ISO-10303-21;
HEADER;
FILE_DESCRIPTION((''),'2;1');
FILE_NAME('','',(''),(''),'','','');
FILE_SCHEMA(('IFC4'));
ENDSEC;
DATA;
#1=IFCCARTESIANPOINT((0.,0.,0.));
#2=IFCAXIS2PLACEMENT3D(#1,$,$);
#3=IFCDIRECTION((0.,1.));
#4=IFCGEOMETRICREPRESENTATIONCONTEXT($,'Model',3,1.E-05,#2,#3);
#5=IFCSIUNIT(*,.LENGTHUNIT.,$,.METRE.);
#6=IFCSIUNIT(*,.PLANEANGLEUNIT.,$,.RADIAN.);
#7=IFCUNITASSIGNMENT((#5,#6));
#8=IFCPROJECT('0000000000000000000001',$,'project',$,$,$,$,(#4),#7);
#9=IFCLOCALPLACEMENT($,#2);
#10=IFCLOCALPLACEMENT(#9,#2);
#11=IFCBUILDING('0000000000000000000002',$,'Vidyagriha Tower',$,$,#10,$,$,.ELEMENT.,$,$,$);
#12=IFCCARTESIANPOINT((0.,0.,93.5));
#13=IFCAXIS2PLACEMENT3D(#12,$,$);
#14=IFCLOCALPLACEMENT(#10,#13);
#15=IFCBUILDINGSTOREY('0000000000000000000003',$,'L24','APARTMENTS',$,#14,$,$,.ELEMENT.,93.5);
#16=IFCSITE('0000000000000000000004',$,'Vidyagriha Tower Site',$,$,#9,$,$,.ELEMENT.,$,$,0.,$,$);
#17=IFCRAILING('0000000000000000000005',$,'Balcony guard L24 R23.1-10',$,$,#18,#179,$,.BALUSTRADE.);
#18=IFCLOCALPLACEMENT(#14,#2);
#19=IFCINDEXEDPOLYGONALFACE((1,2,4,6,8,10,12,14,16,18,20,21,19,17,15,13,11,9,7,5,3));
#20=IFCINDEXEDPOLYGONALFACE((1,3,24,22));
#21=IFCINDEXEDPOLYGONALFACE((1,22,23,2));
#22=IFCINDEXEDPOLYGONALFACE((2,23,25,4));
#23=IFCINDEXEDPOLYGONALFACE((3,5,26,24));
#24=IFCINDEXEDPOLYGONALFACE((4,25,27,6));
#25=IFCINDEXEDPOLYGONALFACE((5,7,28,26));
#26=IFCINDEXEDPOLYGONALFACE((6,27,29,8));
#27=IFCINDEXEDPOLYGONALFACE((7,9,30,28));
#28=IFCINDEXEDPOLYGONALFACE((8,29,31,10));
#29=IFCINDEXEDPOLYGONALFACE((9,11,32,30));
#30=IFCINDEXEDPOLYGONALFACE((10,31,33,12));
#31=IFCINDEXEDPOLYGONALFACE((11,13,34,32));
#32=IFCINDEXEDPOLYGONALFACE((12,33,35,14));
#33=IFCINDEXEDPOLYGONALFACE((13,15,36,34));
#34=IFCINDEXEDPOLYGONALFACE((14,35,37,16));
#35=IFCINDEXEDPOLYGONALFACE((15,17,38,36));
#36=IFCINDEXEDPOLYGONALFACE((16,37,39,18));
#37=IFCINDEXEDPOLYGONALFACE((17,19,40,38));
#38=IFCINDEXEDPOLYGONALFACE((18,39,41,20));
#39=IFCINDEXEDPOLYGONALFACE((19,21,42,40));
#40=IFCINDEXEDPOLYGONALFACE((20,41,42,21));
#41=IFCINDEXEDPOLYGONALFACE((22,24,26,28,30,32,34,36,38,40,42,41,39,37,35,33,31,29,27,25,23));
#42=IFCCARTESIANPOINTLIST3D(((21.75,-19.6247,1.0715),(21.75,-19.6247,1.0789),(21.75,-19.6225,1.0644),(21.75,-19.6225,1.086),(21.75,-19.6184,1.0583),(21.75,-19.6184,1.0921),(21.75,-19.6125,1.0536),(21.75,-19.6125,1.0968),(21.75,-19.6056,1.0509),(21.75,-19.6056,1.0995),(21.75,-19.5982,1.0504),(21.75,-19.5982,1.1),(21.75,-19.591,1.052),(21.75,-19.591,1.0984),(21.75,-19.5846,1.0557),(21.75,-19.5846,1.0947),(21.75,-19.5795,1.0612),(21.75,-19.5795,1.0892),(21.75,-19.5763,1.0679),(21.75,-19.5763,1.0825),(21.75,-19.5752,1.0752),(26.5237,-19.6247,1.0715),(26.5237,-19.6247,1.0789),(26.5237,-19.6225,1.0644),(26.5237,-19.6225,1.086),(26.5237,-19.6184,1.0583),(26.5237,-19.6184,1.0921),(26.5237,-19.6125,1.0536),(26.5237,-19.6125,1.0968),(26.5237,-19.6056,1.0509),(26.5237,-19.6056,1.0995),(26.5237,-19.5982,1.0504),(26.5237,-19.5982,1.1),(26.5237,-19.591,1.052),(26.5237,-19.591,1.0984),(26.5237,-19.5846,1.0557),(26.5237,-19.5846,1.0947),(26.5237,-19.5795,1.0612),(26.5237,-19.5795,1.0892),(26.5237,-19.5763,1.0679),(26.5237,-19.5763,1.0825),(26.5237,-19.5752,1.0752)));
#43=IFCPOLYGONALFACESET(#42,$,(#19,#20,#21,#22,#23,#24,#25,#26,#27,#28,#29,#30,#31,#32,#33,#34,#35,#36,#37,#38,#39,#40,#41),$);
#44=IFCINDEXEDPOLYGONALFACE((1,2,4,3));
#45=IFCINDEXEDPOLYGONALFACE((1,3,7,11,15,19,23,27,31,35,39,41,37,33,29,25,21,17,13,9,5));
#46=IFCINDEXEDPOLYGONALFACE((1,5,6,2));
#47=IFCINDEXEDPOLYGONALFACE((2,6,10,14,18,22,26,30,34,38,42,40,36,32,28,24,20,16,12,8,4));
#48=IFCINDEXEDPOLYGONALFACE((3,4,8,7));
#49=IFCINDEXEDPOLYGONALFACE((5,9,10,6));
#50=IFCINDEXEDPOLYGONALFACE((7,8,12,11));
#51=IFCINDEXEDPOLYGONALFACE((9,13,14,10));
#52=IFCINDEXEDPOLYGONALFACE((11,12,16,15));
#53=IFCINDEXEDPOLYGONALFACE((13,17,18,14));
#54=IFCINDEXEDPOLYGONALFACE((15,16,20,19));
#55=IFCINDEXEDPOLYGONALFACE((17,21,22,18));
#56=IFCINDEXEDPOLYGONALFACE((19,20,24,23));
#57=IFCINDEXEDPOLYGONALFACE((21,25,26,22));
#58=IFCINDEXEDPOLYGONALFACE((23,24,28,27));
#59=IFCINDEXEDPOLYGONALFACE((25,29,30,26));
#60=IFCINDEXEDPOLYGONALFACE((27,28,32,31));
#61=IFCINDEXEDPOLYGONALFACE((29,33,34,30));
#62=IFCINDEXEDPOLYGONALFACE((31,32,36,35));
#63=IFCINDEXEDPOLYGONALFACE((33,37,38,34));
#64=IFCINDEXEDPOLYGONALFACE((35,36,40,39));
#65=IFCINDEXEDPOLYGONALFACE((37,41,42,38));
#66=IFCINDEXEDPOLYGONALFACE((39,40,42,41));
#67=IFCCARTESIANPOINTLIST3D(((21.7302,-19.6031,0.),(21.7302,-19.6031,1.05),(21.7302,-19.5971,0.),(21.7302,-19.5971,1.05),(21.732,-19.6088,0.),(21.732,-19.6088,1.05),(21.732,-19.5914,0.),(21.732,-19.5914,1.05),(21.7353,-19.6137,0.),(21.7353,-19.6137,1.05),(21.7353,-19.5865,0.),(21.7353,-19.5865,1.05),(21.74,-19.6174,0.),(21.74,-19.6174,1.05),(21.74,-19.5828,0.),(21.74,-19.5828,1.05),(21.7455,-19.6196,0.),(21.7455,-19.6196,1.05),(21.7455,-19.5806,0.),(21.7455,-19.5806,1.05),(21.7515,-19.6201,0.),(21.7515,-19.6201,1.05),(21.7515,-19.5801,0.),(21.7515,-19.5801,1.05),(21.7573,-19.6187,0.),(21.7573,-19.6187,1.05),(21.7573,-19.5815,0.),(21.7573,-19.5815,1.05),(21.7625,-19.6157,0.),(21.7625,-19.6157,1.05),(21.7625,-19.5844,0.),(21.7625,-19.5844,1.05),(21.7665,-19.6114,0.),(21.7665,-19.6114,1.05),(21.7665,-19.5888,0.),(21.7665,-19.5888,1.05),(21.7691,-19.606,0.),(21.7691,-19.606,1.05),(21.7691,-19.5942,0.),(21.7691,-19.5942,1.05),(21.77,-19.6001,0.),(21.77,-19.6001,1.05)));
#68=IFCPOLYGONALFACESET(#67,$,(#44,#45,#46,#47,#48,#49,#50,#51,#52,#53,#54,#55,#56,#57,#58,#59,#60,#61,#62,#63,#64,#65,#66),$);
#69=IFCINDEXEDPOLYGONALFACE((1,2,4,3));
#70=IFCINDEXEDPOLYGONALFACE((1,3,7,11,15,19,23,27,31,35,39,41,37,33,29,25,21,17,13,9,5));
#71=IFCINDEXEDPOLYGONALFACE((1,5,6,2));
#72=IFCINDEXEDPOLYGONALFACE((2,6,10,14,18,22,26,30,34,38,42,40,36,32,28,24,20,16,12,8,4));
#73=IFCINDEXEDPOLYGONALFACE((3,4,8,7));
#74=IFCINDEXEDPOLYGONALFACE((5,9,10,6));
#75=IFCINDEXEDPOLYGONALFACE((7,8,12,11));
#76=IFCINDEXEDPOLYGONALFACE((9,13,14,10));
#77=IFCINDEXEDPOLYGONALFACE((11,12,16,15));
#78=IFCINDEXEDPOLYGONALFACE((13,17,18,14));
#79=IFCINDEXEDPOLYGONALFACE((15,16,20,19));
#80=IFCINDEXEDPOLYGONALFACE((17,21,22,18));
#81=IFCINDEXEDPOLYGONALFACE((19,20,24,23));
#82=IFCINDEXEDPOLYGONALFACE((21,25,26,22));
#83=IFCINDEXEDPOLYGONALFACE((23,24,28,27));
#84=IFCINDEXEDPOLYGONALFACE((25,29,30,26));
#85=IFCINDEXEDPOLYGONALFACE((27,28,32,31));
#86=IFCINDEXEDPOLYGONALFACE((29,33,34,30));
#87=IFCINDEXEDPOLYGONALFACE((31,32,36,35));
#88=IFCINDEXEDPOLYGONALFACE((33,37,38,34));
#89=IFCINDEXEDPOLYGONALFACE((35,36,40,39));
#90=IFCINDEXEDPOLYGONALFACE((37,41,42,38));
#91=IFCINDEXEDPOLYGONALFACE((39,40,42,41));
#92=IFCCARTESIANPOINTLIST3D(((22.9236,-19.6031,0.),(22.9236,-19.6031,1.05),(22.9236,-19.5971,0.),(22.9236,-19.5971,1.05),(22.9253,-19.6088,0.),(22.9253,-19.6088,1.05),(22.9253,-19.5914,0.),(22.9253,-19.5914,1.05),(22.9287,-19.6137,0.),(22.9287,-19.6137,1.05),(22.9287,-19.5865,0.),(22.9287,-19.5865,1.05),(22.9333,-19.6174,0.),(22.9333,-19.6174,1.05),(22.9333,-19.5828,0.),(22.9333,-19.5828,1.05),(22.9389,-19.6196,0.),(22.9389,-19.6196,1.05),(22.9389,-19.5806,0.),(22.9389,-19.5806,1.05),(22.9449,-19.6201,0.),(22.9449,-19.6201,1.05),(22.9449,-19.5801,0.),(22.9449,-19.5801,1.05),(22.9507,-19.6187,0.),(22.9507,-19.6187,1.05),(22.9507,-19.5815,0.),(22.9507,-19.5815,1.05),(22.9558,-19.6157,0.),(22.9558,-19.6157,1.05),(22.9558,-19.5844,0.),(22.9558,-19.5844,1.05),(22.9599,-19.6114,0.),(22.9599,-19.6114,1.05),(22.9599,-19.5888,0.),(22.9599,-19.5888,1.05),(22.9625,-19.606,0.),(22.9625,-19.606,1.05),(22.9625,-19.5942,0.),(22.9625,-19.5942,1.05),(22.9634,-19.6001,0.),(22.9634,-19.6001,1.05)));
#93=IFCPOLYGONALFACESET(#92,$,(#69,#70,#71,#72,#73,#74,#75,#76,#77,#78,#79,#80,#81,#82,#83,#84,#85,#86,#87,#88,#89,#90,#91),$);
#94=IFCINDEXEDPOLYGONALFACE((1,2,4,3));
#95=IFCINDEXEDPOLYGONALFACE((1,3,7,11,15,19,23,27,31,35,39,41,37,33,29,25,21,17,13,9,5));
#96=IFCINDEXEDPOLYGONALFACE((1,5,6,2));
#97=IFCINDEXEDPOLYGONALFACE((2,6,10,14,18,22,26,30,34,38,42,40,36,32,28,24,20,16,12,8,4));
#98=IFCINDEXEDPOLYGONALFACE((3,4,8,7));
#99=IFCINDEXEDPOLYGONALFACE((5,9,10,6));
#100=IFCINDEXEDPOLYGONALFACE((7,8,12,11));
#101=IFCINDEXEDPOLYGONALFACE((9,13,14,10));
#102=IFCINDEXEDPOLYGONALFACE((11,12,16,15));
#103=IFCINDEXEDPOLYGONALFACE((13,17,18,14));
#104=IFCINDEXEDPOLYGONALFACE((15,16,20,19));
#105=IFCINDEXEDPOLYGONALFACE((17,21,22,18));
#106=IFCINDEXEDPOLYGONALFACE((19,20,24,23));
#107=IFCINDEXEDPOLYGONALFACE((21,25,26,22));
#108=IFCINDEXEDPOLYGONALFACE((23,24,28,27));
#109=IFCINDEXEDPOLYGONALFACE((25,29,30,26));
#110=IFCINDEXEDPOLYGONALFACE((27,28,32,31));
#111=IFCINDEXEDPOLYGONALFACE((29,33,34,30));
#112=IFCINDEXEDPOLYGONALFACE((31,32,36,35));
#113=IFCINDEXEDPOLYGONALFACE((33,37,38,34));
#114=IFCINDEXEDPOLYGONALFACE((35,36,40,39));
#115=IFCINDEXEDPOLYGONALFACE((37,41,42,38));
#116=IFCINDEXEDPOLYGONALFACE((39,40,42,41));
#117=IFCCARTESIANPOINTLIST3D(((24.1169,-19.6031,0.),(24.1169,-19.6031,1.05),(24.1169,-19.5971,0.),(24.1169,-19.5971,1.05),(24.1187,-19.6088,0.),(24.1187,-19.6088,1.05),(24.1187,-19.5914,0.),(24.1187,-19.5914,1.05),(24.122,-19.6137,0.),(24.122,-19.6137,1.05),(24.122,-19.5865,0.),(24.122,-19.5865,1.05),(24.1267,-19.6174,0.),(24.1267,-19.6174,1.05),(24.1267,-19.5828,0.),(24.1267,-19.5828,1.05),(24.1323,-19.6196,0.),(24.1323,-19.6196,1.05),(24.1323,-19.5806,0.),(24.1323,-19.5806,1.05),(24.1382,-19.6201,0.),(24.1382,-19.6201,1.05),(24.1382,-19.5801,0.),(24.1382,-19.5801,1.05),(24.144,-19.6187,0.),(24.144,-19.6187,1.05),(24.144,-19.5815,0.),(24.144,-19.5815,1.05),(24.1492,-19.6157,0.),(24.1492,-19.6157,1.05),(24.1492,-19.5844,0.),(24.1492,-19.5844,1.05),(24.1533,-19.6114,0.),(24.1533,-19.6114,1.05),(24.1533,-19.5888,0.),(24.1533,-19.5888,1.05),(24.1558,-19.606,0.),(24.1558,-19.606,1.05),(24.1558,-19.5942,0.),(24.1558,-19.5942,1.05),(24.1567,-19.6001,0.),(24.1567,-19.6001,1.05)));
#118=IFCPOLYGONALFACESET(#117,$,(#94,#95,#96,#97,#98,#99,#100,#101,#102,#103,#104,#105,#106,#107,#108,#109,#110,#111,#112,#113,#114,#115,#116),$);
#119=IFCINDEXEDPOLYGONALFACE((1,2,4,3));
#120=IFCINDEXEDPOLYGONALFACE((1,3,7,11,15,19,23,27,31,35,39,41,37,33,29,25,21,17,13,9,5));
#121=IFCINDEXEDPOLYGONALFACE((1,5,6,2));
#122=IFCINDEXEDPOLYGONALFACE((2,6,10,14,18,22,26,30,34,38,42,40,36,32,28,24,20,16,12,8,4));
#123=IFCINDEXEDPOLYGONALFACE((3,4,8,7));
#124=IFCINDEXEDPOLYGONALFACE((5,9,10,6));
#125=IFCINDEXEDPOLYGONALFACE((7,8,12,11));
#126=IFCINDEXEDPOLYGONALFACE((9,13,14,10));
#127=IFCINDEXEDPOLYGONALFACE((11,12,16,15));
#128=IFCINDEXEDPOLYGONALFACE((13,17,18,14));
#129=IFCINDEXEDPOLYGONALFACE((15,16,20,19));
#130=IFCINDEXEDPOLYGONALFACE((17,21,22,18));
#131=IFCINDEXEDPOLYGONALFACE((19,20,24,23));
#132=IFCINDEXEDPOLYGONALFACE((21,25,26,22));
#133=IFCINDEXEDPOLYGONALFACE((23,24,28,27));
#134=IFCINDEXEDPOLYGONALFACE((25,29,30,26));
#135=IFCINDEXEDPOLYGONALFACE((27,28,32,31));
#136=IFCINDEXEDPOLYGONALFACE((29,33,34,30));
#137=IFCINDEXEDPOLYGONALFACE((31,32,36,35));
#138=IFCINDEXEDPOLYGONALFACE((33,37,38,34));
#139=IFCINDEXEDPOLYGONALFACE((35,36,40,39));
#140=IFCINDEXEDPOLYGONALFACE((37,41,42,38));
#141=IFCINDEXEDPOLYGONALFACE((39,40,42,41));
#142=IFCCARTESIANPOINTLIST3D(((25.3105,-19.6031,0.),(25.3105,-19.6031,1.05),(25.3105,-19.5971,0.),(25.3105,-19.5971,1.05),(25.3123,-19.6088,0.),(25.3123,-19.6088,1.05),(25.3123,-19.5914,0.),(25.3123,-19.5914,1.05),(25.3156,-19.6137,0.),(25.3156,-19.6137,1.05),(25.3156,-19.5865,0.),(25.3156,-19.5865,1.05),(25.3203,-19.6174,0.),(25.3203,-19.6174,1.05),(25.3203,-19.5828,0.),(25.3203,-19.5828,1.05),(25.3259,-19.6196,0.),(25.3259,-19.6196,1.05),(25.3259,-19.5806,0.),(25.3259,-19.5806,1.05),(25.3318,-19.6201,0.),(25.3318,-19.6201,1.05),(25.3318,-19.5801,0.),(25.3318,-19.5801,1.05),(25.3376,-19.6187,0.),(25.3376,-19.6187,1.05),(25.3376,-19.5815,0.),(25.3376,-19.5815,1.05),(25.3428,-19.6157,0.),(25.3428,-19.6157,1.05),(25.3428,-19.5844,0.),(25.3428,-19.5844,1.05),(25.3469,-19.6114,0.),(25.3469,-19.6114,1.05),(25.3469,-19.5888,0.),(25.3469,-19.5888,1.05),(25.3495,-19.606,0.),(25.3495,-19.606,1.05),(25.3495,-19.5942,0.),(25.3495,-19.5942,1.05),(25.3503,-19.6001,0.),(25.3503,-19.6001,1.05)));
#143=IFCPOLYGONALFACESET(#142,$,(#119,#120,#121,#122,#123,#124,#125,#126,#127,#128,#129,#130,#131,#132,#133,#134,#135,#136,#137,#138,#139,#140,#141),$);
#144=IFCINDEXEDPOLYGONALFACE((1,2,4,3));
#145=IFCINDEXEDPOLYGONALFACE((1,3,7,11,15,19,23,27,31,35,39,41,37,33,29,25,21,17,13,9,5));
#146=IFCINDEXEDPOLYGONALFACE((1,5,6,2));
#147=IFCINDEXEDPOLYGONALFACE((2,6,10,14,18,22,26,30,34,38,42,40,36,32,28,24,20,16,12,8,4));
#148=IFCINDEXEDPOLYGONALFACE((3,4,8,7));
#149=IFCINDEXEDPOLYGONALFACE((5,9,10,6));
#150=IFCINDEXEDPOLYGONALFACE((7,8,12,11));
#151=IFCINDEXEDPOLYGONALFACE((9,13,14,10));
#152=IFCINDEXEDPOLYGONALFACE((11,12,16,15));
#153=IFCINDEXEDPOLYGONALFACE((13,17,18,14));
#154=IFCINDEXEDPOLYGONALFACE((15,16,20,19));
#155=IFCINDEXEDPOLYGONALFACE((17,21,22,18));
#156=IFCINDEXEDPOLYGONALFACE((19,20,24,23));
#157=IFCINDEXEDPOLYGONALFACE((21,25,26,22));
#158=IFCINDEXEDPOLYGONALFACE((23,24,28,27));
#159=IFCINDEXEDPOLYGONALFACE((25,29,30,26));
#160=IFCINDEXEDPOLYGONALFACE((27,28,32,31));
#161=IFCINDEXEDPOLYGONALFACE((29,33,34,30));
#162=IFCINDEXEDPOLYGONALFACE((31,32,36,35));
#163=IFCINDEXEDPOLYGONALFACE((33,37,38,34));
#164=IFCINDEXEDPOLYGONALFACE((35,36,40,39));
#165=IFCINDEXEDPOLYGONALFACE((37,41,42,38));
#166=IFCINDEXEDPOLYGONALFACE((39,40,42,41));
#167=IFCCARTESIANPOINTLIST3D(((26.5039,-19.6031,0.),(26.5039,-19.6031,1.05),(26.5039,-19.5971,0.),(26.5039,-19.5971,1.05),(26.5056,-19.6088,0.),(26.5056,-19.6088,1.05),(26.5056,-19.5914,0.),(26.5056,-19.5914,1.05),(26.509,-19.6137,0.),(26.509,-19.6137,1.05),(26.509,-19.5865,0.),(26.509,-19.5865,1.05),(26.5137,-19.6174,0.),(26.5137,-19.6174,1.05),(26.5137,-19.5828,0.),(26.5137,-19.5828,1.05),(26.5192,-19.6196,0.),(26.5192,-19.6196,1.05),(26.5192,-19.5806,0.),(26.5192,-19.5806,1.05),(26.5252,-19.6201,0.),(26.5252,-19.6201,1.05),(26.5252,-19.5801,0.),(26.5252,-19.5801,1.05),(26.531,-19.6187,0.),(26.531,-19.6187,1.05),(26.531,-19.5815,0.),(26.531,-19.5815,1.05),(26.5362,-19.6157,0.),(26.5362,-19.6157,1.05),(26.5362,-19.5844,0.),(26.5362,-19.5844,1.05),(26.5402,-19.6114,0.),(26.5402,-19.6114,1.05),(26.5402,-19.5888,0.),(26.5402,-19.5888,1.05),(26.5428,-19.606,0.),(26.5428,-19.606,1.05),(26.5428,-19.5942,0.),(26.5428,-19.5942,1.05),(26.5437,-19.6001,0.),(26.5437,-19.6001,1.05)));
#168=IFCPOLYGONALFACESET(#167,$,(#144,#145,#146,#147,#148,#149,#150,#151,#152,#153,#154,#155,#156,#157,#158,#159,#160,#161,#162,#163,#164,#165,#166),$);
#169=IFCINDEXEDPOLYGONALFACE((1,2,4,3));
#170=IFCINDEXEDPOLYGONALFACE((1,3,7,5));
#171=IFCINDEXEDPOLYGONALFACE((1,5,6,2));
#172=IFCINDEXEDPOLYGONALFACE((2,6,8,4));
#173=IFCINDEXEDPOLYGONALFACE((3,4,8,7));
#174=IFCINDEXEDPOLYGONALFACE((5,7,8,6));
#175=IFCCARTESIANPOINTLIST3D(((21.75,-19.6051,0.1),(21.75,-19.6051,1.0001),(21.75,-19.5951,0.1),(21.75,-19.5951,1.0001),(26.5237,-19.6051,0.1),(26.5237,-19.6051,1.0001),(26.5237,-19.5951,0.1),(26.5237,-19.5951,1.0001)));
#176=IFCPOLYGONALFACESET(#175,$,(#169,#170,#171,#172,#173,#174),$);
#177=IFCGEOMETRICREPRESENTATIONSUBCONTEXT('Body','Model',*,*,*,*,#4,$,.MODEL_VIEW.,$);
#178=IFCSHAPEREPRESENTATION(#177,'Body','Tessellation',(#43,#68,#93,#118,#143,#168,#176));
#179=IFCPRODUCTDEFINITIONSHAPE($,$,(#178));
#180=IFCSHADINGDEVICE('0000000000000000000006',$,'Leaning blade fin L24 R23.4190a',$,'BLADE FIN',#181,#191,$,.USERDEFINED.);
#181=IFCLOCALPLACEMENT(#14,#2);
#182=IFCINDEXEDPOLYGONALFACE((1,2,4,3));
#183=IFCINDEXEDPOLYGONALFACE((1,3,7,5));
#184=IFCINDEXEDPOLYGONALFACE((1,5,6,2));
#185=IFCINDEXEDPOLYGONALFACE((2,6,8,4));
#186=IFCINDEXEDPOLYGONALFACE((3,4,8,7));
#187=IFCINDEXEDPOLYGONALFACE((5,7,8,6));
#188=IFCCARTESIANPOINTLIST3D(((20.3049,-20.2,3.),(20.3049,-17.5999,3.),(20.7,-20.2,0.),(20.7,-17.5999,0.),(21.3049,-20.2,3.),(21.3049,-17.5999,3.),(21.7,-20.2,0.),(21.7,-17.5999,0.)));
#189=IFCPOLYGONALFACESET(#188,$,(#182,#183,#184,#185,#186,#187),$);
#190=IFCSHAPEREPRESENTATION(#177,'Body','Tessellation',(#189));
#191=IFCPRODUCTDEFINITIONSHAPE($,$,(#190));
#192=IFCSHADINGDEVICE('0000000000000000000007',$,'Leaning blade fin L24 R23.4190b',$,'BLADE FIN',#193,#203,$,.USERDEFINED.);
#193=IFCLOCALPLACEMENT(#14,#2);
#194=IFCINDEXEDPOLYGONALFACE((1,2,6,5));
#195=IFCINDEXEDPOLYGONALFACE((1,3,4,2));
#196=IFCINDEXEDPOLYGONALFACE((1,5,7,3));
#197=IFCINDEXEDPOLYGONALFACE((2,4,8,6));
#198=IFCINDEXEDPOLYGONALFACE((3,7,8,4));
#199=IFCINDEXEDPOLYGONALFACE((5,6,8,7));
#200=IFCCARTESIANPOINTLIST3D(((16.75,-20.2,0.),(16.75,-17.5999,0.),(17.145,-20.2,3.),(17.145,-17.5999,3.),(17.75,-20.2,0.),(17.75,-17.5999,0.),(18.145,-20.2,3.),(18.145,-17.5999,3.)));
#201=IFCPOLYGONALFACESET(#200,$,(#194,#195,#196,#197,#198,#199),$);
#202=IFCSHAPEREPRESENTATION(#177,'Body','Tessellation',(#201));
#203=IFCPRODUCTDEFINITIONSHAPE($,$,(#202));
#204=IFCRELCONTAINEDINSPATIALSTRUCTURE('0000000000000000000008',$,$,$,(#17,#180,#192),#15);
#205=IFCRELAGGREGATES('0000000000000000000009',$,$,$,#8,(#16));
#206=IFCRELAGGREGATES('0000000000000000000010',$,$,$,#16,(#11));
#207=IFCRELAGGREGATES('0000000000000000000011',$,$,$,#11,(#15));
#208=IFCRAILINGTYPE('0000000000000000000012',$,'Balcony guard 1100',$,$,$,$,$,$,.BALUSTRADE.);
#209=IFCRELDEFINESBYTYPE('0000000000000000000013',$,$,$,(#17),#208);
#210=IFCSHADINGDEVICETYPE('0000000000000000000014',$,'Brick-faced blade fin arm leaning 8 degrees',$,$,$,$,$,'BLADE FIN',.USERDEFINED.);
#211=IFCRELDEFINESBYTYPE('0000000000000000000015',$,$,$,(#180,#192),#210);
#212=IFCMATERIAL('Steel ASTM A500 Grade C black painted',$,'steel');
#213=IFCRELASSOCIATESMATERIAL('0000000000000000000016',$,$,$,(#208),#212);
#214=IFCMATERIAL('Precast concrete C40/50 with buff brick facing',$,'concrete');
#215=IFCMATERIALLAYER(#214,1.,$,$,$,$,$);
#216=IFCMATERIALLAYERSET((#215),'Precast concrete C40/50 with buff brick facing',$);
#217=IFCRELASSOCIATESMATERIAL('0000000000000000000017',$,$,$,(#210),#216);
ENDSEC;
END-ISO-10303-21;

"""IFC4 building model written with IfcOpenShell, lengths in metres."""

from ifc_helpers import new_model, si_unit, direction, frame, origin, origin_2d, place, context, subcontext, project, spatial, polyline, rectangle, circle, outline, extrude, material, layer, layer_set, type_object, element, save


model = new_model("IFC4")

# Units and contexts
model_context = context("Model", 3, precision=1e-05, world=origin(), true_north=direction((0.0, 1.0)))
body_context = subcontext(model_context, "Body", "Model", "MODEL_VIEW")
ifc_project = project(units=[si_unit("LENGTHUNIT", "METRE"), si_unit("PLANEANGLEUNIT", "RADIAN")], contexts=[model_context])

# Site, building, storey
site_placement = place(None, origin())
site = spatial("IfcSite", under=ifc_project, at=site_placement, Name="Vidyagriha Tower Site", CompositionType="ELEMENT", RefElevation=0.0)
building_placement = place(site_placement, origin())
building = spatial("IfcBuilding", under=site, at=building_placement, Name="Vidyagriha Tower", CompositionType="ELEMENT")
storey_placement = place(building_placement, frame((0.0, 0.0, 93.5)))
storey = spatial("IfcBuildingStorey", under=building, at=storey_placement, Name="L24", Description="APARTMENTS", CompositionType="ELEMENT", Elevation=93.5)

# Railing
ifc_material_1 = material(Name="Steel ASTM A500 Grade C black painted", Category="steel")
railing_type = type_object("IfcRailingType", Name="Balcony guard 1100", PredefinedType="BALUSTRADE", material=ifc_material_1)
railing_1_placement = place(storey_placement, frame((21.75, -19.6001, 0.0)))
element("IfcRailing", 1, at=railing_1_placement, inside=storey, type_object=railing_type, Name="Balcony guard L24 R23.1-10", PredefinedType="BALUSTRADE", context=body_context, shape_type="SweptSolid", body=[
    extrude(circle(Radius=0.0249, at=origin_2d()), frame((0.0, 0.0, 1.0752), z_axis=(1.0, 0.0, 0.0), x_axis=(0.0, 1.0, 0.0)), (0.0, 0.0, 1.0), 4.7737),
    extrude(circle(Radius=0.02, at=origin_2d()), origin(), (0.0, 0.0, 1.0), 1.05),
    extrude(circle(Radius=0.02, at=origin_2d()), frame((1.1934, 0.0, 0.0)), (0.0, 0.0, 1.0), 1.05),
    extrude(circle(Radius=0.02, at=origin_2d()), frame((2.3867, 0.0, 0.0)), (0.0, 0.0, 1.0), 1.05),
    extrude(circle(Radius=0.02, at=origin_2d()), frame((3.5803, 0.0, 0.0)), (0.0, 0.0, 1.0), 1.05),
    extrude(circle(Radius=0.02, at=origin_2d()), frame((4.7737, 0.0, 0.0)), (0.0, 0.0, 1.0), 1.05),
    extrude(rectangle(XDim=0.01, YDim=0.9001, at=origin_2d()), frame((0.0, 0.0, 0.55), z_axis=(1.0, 0.0, 0.0), x_axis=(0.0, 1.0, 0.0)), (0.0, 0.0, 1.0), 4.7737),
])

# Shading devices
ifc_material_2 = material(Name="Precast concrete C40/50 with buff brick facing", Category="concrete")
ifc_layer_1 = layer(ifc_material_2, 1.0)
ifc_layer_set_1 = layer_set([ifc_layer_1], Name="Precast concrete C40/50 with buff brick facing")
shading_device_type_1 = type_object("IfcShadingDeviceType", Name="Brick-faced blade fin arm leaning 8 degrees", ElementType="BLADE FIN", PredefinedType="USERDEFINED", material=ifc_layer_set_1)
shading_device_1_placement = place(storey_placement, frame((20.3049, -18.8999, 0.0)))
element("IfcShadingDevice", 2, at=shading_device_1_placement, inside=storey, type_object=shading_device_type_1, Name="Leaning blade fin L24 R23.4190a", ObjectType="BLADE FIN", PredefinedType="USERDEFINED", context=body_context, shape_type="SweptSolid", body=[
    extrude(outline(polyline([(0.395, 0.0), (1.395, 0.0), (1.0, 3.0), (0.0, 3.0), (0.395, 0.0)])), frame((0.0, 1.3, 0.0), z_axis=(0.0, -1.0, 0.0), x_axis=(1.0, 0.0, 0.0)), (0.0, 0.0, 1.0), 2.6001),
])
shading_device_2_placement = place(storey_placement, frame((16.75, -18.8999, 0.0)))
element("IfcShadingDevice", 3, at=shading_device_2_placement, inside=storey, type_object=shading_device_type_1, Name="Leaning blade fin L24 R23.4190b", ObjectType="BLADE FIN", PredefinedType="USERDEFINED", context=body_context, shape_type="SweptSolid", body=[
    extrude(outline(polyline([(0.0, 0.0), (1.0, 0.0), (1.395, 3.0), (0.395, 3.0), (0.0, 0.0)])), frame((0.0, 1.3, 0.0), z_axis=(0.0, -1.0, 0.0), x_axis=(1.0, 0.0, 0.0)), (0.0, 0.0, 1.0), 2.6001),
])

save(model, "model.ifc")
